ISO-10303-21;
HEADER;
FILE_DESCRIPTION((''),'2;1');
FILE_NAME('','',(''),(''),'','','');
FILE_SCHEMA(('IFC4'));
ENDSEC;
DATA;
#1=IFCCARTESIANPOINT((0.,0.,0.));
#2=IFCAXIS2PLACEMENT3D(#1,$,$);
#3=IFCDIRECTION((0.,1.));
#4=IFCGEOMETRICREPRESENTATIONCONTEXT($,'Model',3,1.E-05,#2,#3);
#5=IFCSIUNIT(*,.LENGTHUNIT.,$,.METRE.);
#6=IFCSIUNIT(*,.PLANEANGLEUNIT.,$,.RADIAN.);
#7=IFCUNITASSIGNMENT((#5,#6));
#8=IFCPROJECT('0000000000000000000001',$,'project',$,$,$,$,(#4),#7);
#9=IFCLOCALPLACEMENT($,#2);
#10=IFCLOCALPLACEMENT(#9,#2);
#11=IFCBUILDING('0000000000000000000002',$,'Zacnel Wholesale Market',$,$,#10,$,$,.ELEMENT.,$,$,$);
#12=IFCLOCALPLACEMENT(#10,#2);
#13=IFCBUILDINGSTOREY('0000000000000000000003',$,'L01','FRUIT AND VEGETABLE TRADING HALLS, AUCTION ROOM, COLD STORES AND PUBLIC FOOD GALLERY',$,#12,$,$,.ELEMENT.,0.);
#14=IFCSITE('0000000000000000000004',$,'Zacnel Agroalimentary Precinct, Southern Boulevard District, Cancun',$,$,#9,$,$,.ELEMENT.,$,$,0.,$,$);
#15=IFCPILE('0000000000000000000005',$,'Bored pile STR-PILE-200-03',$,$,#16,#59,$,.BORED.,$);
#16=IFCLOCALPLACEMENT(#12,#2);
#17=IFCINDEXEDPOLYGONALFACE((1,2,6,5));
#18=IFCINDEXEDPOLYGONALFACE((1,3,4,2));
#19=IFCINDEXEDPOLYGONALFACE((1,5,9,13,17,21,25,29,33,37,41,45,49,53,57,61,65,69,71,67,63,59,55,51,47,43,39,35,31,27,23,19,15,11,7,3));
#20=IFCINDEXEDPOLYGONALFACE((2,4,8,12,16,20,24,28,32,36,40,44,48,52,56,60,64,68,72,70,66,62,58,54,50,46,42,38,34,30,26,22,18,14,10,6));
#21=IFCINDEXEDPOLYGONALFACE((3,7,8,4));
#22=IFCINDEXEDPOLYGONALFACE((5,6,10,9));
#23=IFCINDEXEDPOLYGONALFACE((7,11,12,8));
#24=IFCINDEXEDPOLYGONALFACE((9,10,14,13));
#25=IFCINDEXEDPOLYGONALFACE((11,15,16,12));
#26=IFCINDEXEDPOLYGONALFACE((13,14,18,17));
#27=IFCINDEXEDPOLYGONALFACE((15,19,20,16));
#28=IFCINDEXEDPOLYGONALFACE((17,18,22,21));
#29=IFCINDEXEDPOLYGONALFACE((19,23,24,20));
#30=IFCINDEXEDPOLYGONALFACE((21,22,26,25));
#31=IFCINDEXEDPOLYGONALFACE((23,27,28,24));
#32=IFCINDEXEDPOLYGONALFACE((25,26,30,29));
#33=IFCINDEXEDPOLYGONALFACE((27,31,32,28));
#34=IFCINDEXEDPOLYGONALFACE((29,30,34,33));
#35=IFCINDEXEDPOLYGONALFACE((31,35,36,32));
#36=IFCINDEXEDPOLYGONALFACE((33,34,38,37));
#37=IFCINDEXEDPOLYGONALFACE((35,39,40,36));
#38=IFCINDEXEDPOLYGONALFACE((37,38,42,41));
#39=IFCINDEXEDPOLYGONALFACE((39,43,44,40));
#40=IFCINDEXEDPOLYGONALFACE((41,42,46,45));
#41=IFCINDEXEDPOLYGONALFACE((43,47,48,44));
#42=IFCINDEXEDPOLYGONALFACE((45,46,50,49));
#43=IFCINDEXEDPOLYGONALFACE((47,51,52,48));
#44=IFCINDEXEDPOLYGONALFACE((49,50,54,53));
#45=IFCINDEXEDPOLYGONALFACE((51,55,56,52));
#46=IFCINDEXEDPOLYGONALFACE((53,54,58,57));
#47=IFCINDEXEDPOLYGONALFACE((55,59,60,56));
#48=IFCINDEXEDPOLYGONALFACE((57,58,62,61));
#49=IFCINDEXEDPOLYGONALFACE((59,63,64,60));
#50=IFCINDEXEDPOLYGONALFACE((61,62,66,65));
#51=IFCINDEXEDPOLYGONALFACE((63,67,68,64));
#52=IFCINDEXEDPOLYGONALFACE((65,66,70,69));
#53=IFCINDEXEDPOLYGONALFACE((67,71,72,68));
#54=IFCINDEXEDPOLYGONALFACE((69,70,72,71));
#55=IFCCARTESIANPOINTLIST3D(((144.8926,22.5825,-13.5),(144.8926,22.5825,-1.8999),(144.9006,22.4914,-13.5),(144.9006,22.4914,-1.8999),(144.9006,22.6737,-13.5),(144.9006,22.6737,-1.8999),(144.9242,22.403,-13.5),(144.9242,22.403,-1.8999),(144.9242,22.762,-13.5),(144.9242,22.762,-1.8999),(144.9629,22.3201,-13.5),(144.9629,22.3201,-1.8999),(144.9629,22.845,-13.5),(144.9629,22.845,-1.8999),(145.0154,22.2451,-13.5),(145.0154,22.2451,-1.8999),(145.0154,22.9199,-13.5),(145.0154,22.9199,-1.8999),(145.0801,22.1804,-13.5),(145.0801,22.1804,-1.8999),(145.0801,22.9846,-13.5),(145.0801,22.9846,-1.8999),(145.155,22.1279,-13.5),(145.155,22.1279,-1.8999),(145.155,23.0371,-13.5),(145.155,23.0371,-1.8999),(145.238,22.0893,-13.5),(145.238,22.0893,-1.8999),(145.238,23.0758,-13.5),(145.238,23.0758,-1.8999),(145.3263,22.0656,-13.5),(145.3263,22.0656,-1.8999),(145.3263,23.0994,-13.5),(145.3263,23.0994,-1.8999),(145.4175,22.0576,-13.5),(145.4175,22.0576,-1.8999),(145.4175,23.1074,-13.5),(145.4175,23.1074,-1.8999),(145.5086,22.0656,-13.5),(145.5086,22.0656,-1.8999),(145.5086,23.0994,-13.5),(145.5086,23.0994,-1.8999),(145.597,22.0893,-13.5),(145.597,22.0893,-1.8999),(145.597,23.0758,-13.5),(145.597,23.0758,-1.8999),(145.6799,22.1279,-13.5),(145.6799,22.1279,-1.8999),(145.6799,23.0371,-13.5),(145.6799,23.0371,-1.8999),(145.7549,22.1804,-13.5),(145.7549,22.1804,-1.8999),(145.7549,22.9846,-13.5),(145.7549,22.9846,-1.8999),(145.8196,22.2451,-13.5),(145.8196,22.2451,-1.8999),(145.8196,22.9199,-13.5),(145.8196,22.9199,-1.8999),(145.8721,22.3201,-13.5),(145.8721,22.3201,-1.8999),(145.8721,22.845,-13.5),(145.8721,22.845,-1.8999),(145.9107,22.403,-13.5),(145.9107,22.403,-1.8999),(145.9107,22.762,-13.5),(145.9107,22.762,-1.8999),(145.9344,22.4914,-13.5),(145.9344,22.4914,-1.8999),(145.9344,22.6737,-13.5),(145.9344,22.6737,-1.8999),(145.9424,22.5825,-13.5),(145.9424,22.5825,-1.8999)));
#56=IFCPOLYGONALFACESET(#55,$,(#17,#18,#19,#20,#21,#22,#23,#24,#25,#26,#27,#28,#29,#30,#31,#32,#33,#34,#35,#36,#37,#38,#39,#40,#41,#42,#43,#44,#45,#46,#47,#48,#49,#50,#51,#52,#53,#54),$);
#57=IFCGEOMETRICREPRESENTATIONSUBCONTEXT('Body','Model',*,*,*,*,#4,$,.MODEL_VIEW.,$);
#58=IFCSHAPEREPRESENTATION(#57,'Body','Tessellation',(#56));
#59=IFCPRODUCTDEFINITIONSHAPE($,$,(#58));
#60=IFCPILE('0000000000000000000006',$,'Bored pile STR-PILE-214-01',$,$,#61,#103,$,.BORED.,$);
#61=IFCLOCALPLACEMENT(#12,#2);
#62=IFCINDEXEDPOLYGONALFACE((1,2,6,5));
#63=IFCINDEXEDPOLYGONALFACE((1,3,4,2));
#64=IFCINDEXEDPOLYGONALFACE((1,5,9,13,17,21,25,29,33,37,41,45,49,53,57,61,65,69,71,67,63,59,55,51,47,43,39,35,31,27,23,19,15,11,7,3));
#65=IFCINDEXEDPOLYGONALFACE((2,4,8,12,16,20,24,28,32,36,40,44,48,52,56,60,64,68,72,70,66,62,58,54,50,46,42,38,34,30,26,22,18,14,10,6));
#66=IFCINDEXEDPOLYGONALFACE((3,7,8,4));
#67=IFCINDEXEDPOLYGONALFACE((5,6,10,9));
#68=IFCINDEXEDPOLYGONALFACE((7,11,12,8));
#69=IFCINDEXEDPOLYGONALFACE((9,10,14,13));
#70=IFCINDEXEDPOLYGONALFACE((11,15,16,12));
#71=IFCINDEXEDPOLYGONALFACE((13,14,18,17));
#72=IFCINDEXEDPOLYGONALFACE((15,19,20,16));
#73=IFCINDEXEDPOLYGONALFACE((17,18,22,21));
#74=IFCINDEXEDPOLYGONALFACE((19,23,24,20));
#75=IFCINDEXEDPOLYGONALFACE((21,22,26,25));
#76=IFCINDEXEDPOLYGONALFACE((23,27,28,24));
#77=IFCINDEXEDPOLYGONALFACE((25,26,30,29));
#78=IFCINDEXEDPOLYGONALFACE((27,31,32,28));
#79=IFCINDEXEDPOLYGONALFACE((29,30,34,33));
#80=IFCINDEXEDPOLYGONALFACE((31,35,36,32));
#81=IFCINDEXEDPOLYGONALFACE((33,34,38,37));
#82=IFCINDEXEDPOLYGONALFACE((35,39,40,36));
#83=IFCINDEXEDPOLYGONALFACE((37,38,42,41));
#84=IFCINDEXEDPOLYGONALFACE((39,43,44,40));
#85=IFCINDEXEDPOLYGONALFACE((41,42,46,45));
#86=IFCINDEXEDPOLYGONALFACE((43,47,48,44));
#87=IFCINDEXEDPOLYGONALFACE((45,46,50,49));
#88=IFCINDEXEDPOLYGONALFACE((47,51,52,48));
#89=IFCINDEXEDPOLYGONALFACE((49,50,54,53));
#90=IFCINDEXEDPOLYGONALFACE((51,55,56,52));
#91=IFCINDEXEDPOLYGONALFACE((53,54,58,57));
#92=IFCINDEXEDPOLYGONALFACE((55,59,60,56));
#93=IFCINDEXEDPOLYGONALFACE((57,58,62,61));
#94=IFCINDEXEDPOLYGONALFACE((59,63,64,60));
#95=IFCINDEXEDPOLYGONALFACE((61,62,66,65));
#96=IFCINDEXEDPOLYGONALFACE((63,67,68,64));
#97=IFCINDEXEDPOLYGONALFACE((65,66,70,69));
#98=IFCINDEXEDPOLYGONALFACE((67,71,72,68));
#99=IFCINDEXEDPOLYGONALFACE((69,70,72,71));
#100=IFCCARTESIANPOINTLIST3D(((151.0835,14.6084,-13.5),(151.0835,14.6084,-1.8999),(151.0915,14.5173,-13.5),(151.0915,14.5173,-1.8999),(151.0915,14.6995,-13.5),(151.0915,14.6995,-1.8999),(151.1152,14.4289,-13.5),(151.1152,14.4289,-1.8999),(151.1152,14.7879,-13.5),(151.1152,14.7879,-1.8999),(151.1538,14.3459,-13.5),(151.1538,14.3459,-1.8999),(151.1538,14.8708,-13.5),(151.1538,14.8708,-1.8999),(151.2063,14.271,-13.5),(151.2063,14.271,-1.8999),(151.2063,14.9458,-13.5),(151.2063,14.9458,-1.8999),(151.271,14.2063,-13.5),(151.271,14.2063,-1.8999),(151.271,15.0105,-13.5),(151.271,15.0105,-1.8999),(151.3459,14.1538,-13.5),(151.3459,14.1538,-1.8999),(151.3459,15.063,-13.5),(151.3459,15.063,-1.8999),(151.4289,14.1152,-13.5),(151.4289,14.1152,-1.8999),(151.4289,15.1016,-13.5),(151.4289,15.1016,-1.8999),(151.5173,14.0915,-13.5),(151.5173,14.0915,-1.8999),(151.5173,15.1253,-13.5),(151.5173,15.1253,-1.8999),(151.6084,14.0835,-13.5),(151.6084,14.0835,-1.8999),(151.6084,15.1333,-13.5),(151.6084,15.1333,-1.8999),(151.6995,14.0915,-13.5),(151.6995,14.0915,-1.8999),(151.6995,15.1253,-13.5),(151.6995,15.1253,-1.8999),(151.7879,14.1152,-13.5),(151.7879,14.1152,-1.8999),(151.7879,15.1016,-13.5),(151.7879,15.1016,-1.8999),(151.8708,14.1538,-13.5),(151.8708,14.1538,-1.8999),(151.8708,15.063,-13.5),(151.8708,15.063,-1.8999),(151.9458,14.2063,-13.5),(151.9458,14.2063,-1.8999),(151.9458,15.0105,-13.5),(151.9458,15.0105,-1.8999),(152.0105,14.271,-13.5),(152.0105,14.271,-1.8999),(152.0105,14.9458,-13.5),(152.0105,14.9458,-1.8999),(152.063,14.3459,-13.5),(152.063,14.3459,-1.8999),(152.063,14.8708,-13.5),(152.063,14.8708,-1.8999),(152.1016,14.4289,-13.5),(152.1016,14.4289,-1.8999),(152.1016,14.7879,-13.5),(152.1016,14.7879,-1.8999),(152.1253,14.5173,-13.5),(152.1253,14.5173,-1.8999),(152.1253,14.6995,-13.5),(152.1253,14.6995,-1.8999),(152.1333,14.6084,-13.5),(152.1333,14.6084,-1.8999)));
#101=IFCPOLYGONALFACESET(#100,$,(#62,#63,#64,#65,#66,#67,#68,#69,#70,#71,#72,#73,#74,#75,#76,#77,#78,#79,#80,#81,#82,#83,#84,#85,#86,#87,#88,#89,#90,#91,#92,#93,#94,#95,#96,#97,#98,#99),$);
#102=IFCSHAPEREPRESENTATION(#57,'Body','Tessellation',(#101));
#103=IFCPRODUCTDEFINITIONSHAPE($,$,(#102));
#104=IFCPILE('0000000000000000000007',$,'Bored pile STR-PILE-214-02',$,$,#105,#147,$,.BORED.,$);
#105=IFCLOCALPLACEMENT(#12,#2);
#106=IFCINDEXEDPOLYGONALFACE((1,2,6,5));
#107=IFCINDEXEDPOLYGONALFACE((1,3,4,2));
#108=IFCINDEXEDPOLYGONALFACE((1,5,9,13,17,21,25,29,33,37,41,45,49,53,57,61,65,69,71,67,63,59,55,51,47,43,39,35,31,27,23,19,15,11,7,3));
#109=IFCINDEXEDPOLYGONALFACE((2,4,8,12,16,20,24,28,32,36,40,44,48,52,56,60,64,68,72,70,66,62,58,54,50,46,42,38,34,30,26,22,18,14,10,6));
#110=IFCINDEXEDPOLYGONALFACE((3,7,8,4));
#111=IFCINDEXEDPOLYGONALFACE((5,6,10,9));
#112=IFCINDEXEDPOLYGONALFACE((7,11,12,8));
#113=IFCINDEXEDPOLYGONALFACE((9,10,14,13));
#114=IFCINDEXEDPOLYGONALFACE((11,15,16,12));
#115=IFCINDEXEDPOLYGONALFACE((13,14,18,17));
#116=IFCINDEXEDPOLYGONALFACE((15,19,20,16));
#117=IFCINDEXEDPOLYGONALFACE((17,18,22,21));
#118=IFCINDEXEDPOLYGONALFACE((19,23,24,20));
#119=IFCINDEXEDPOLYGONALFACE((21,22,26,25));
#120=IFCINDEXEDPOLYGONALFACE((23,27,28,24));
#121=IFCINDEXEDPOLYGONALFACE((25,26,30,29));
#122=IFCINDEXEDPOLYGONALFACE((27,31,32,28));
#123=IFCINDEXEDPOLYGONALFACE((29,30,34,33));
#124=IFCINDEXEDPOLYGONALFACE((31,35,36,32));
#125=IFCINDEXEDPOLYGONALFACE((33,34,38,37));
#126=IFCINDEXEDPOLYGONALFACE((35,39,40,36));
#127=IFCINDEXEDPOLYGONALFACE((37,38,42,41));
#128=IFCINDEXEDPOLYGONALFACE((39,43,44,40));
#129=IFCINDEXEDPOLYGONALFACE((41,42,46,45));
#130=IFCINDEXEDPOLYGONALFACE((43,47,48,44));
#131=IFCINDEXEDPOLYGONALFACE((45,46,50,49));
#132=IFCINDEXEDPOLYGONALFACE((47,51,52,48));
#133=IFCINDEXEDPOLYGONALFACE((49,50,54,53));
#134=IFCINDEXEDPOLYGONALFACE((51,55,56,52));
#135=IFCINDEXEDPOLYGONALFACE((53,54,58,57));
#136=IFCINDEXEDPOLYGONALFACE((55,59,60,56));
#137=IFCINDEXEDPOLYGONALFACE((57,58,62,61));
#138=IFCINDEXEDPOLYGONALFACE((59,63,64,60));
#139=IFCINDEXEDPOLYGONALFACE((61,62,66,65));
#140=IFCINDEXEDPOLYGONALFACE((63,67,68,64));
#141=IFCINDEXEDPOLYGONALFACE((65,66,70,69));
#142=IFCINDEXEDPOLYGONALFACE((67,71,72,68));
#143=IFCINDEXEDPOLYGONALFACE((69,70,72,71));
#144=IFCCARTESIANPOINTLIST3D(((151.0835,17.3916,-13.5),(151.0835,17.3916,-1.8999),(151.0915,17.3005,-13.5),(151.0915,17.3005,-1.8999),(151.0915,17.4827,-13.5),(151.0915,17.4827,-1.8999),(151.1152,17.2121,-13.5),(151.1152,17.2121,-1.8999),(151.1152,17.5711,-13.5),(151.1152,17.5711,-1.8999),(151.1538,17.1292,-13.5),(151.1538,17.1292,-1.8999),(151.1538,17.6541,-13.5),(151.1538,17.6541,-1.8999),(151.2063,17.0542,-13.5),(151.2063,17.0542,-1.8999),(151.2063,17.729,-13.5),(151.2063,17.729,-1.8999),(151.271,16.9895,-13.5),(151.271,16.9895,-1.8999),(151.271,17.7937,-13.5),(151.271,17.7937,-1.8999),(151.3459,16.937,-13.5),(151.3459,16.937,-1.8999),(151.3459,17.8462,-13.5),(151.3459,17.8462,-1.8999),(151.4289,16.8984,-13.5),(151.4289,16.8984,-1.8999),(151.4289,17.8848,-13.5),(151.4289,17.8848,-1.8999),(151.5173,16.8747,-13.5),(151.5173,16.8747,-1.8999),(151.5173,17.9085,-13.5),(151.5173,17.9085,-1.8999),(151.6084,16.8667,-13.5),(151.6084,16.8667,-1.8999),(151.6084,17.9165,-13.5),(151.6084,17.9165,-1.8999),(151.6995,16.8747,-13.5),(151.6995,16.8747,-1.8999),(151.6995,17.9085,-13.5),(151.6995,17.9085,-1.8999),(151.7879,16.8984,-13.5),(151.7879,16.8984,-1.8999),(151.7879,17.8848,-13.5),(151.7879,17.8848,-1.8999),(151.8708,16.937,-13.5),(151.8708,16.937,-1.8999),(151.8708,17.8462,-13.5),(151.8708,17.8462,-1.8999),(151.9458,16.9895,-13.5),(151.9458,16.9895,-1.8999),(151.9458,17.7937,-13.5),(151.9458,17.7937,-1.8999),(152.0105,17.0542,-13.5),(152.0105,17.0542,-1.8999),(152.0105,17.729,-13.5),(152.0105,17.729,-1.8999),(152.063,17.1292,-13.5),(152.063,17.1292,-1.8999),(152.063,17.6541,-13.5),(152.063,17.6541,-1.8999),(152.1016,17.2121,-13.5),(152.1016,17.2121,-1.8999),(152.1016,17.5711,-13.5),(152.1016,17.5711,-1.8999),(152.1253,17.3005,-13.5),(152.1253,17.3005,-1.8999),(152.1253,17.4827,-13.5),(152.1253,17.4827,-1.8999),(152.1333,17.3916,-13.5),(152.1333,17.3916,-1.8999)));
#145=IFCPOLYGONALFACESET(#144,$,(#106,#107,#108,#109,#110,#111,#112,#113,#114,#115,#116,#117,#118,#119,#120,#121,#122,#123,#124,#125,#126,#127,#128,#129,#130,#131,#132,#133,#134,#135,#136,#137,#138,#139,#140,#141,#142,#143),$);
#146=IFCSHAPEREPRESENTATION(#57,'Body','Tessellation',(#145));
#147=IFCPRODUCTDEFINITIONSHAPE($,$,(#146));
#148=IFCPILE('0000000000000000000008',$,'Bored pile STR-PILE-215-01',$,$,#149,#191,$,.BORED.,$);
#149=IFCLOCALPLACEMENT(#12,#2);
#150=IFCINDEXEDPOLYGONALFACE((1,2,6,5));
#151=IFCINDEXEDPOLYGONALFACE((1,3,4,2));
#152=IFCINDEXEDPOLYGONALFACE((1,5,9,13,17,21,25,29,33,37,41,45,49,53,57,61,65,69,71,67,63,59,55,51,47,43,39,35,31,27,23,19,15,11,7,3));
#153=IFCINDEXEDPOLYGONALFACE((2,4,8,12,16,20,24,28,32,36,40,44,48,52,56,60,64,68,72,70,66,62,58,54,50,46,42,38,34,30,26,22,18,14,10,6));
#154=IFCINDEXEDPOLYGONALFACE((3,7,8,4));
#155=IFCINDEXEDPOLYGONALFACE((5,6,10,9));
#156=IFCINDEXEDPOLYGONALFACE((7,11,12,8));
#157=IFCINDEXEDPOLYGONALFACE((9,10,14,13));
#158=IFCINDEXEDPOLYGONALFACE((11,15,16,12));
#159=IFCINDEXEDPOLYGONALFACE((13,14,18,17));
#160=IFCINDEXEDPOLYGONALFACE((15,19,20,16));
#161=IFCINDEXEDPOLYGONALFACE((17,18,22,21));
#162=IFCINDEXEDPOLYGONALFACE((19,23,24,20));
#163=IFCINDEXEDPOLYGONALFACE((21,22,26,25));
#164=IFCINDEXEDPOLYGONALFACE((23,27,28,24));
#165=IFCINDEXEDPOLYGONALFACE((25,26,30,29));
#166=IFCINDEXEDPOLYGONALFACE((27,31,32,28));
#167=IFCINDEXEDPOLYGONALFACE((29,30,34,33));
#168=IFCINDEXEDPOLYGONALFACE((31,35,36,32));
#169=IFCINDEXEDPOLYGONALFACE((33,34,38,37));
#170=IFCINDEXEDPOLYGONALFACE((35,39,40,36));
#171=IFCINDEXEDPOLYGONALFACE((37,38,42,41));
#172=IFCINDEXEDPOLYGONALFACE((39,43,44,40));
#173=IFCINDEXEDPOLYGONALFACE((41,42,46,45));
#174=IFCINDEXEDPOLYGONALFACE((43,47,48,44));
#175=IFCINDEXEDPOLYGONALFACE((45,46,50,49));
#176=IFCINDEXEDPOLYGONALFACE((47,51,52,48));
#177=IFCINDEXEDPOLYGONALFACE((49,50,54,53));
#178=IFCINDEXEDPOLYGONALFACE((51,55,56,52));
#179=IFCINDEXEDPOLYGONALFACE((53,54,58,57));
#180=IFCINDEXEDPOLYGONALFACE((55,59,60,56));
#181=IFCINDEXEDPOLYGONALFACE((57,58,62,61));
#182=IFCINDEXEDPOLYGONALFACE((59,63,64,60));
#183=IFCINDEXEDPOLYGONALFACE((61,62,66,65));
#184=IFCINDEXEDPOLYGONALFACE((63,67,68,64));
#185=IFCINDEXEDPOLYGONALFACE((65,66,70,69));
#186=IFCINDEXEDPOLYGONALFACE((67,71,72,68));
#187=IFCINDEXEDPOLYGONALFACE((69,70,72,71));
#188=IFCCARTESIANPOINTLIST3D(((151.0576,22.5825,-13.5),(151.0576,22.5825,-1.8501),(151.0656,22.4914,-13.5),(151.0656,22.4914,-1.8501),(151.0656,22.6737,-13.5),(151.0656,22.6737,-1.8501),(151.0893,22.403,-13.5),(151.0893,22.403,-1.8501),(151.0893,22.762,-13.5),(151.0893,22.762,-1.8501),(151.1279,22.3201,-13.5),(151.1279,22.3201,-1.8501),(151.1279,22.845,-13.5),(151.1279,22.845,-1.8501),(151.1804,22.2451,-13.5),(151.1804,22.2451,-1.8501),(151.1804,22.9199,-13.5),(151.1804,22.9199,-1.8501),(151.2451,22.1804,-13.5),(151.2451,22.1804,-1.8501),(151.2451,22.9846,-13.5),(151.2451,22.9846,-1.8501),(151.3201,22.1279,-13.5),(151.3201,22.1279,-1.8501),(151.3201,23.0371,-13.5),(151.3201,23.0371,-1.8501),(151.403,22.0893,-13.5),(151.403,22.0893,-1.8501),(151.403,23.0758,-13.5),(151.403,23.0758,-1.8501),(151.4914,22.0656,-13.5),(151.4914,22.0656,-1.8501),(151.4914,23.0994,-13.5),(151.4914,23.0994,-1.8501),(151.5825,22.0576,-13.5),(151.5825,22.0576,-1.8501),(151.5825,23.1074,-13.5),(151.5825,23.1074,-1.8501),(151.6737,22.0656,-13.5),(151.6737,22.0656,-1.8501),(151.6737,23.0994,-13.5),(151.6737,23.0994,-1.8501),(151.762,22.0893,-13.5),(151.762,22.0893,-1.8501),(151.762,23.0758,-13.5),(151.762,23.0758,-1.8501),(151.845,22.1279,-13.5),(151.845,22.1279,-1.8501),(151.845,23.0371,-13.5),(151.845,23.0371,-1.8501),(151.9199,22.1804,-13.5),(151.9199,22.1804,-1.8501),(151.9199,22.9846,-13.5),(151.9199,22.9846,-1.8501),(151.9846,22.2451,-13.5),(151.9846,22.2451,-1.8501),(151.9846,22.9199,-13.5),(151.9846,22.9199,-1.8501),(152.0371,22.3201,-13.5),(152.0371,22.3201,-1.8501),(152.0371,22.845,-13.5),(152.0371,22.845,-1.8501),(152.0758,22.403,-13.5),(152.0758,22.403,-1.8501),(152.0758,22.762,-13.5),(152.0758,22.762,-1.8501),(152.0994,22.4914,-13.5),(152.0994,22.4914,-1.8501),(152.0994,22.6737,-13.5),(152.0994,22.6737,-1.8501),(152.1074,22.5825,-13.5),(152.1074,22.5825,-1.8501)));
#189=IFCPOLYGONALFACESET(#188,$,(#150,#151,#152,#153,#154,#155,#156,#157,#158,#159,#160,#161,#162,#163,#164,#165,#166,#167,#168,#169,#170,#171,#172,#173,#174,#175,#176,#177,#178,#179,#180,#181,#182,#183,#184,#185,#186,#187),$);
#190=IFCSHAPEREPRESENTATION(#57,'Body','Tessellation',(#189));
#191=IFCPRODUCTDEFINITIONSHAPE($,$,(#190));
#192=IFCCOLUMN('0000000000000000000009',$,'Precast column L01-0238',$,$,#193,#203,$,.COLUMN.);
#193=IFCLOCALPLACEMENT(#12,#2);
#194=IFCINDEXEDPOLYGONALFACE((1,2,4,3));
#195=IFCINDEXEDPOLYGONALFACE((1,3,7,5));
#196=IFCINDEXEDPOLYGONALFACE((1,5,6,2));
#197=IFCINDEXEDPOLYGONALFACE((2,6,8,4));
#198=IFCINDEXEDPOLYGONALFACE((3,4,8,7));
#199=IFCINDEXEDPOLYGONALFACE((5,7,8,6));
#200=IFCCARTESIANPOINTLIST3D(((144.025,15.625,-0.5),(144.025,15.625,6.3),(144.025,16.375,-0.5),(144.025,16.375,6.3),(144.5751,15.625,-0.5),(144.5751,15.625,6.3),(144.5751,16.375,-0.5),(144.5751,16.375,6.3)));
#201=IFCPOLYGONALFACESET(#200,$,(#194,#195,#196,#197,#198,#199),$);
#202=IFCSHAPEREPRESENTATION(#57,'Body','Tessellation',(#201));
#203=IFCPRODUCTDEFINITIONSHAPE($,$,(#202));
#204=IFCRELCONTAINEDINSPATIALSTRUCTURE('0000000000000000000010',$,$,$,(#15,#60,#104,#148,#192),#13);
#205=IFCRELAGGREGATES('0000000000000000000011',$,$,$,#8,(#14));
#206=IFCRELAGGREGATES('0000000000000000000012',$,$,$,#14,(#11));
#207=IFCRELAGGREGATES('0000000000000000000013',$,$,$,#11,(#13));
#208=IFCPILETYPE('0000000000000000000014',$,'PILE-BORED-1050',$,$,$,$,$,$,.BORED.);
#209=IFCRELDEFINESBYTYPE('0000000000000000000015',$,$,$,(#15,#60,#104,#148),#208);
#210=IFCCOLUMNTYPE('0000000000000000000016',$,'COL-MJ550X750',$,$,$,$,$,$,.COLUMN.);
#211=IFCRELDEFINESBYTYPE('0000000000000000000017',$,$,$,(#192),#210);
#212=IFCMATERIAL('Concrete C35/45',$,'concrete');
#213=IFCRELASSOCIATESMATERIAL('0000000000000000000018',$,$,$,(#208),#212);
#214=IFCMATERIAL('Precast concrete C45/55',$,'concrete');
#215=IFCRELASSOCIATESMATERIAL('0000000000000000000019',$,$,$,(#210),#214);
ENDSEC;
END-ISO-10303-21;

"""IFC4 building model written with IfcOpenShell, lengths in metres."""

from ifc_helpers import new_model, si_unit, direction, frame, origin, origin_2d, place, context, subcontext, project, spatial, rectangle, circle, extrude, material, material_profile, profile_set, type_object, element, save


model = new_model("IFC4")

# Units and contexts
model_context = context("Model", 3, precision=1e-05, world=origin(), true_north=direction((0.0, 1.0)))
body_context = subcontext(model_context, "Body", "Model", "MODEL_VIEW")
ifc_project = project(units=[si_unit("LENGTHUNIT", "METRE"), si_unit("PLANEANGLEUNIT", "RADIAN")], contexts=[model_context])

# Site, building, storey
site_placement = place(None, origin())
site = spatial("IfcSite", under=ifc_project, at=site_placement, Name="Zacnel Agroalimentary Precinct, Southern Boulevard District, Cancun", CompositionType="ELEMENT", RefElevation=0.0)
building_placement = place(site_placement, origin())
building = spatial("IfcBuilding", under=site, at=building_placement, Name="Zacnel Wholesale Market", CompositionType="ELEMENT")
storey_placement = place(building_placement, origin())
storey = spatial("IfcBuildingStorey", under=building, at=storey_placement, Name="L01", Description="FRUIT AND VEGETABLE TRADING HALLS, AUCTION ROOM, COLD STORES AND PUBLIC FOOD GALLERY", CompositionType="ELEMENT", Elevation=0.0)

# Piles
ifc_material_1 = material(Name="Concrete C35/45", Category="concrete")
ifc_material_profile_1 = material_profile(ifc_material_1, circle(Radius=0.5249, at=origin_2d()), Name="BORED PILE D1050")
ifc_profile_set_1 = profile_set([ifc_material_profile_1], Name="Concrete C35/45")
pile_type = type_object("IfcPileType", Name="PILE-BORED-1050", PredefinedType="BORED", material=ifc_profile_set_1)
for number, where, z_axis, x_axis, name in (
    (1, (145.4175, 22.5825, -1.8999), (0.0, 0.0, -1.0), (1.0, 0.0, 0.0), "Bored pile STR-PILE-200-03"),
    (2, (151.6084, 14.6084, -1.8999), (0.0, 0.0, -1.0), (1.0, 0.0, 0.0), "Bored pile STR-PILE-214-01"),
    (3, (151.6084, 17.3916, -1.8999), (0.0, 0.0, -1.0), (1.0, 0.0, 0.0), "Bored pile STR-PILE-214-02"),
):
    element("IfcPile", number, at=place(storey_placement, frame(where, z_axis=z_axis, x_axis=x_axis)), inside=storey, type_object=pile_type, Name=name, PredefinedType="BORED", context=body_context, shape_type="SweptSolid", body=[
        extrude(circle(Radius=0.5249, at=origin_2d()), origin(), (0.0, 0.0, 1.0), 11.6001),
    ])
pile_placement = place(storey_placement, frame((151.5825, 22.5825, -1.8501), z_axis=(0.0, 0.0, -1.0), x_axis=(1.0, 0.0, 0.0)))
element("IfcPile", 4, at=pile_placement, inside=storey, type_object=pile_type, Name="Bored pile STR-PILE-215-01", PredefinedType="BORED", context=body_context, shape_type="SweptSolid", body=[
    extrude(circle(Radius=0.5249, at=origin_2d()), origin(), (0.0, 0.0, 1.0), 11.6499),
])

# Column
ifc_material_2 = material(Name="Precast concrete C45/55", Category="concrete")
ifc_material_profile_2 = material_profile(ifc_material_2, rectangle(XDim=0.55, YDim=0.75, at=origin_2d()), Name="PC 550x750")
ifc_profile_set_2 = profile_set([ifc_material_profile_2], Name="Precast concrete C45/55")
column_type_1 = type_object("IfcColumnType", Name="COL-MJ550X750", PredefinedType="COLUMN", material=ifc_profile_set_2)
column_1_placement = place(storey_placement, frame((144.3, 16.0, -0.5), z_axis=(0.0, 0.0, 1.0), x_axis=(1.0, 0.0, 0.0)))
element("IfcColumn", 5, at=column_1_placement, inside=storey, type_object=column_type_1, Name="Precast column L01-0238", PredefinedType="COLUMN", context=body_context, shape_type="SweptSolid", body=[
    extrude(rectangle(XDim=0.55, YDim=0.75, at=origin_2d()), origin(), (0.0, 0.0, 1.0), 6.8),
])

save(model, "model.ifc")
